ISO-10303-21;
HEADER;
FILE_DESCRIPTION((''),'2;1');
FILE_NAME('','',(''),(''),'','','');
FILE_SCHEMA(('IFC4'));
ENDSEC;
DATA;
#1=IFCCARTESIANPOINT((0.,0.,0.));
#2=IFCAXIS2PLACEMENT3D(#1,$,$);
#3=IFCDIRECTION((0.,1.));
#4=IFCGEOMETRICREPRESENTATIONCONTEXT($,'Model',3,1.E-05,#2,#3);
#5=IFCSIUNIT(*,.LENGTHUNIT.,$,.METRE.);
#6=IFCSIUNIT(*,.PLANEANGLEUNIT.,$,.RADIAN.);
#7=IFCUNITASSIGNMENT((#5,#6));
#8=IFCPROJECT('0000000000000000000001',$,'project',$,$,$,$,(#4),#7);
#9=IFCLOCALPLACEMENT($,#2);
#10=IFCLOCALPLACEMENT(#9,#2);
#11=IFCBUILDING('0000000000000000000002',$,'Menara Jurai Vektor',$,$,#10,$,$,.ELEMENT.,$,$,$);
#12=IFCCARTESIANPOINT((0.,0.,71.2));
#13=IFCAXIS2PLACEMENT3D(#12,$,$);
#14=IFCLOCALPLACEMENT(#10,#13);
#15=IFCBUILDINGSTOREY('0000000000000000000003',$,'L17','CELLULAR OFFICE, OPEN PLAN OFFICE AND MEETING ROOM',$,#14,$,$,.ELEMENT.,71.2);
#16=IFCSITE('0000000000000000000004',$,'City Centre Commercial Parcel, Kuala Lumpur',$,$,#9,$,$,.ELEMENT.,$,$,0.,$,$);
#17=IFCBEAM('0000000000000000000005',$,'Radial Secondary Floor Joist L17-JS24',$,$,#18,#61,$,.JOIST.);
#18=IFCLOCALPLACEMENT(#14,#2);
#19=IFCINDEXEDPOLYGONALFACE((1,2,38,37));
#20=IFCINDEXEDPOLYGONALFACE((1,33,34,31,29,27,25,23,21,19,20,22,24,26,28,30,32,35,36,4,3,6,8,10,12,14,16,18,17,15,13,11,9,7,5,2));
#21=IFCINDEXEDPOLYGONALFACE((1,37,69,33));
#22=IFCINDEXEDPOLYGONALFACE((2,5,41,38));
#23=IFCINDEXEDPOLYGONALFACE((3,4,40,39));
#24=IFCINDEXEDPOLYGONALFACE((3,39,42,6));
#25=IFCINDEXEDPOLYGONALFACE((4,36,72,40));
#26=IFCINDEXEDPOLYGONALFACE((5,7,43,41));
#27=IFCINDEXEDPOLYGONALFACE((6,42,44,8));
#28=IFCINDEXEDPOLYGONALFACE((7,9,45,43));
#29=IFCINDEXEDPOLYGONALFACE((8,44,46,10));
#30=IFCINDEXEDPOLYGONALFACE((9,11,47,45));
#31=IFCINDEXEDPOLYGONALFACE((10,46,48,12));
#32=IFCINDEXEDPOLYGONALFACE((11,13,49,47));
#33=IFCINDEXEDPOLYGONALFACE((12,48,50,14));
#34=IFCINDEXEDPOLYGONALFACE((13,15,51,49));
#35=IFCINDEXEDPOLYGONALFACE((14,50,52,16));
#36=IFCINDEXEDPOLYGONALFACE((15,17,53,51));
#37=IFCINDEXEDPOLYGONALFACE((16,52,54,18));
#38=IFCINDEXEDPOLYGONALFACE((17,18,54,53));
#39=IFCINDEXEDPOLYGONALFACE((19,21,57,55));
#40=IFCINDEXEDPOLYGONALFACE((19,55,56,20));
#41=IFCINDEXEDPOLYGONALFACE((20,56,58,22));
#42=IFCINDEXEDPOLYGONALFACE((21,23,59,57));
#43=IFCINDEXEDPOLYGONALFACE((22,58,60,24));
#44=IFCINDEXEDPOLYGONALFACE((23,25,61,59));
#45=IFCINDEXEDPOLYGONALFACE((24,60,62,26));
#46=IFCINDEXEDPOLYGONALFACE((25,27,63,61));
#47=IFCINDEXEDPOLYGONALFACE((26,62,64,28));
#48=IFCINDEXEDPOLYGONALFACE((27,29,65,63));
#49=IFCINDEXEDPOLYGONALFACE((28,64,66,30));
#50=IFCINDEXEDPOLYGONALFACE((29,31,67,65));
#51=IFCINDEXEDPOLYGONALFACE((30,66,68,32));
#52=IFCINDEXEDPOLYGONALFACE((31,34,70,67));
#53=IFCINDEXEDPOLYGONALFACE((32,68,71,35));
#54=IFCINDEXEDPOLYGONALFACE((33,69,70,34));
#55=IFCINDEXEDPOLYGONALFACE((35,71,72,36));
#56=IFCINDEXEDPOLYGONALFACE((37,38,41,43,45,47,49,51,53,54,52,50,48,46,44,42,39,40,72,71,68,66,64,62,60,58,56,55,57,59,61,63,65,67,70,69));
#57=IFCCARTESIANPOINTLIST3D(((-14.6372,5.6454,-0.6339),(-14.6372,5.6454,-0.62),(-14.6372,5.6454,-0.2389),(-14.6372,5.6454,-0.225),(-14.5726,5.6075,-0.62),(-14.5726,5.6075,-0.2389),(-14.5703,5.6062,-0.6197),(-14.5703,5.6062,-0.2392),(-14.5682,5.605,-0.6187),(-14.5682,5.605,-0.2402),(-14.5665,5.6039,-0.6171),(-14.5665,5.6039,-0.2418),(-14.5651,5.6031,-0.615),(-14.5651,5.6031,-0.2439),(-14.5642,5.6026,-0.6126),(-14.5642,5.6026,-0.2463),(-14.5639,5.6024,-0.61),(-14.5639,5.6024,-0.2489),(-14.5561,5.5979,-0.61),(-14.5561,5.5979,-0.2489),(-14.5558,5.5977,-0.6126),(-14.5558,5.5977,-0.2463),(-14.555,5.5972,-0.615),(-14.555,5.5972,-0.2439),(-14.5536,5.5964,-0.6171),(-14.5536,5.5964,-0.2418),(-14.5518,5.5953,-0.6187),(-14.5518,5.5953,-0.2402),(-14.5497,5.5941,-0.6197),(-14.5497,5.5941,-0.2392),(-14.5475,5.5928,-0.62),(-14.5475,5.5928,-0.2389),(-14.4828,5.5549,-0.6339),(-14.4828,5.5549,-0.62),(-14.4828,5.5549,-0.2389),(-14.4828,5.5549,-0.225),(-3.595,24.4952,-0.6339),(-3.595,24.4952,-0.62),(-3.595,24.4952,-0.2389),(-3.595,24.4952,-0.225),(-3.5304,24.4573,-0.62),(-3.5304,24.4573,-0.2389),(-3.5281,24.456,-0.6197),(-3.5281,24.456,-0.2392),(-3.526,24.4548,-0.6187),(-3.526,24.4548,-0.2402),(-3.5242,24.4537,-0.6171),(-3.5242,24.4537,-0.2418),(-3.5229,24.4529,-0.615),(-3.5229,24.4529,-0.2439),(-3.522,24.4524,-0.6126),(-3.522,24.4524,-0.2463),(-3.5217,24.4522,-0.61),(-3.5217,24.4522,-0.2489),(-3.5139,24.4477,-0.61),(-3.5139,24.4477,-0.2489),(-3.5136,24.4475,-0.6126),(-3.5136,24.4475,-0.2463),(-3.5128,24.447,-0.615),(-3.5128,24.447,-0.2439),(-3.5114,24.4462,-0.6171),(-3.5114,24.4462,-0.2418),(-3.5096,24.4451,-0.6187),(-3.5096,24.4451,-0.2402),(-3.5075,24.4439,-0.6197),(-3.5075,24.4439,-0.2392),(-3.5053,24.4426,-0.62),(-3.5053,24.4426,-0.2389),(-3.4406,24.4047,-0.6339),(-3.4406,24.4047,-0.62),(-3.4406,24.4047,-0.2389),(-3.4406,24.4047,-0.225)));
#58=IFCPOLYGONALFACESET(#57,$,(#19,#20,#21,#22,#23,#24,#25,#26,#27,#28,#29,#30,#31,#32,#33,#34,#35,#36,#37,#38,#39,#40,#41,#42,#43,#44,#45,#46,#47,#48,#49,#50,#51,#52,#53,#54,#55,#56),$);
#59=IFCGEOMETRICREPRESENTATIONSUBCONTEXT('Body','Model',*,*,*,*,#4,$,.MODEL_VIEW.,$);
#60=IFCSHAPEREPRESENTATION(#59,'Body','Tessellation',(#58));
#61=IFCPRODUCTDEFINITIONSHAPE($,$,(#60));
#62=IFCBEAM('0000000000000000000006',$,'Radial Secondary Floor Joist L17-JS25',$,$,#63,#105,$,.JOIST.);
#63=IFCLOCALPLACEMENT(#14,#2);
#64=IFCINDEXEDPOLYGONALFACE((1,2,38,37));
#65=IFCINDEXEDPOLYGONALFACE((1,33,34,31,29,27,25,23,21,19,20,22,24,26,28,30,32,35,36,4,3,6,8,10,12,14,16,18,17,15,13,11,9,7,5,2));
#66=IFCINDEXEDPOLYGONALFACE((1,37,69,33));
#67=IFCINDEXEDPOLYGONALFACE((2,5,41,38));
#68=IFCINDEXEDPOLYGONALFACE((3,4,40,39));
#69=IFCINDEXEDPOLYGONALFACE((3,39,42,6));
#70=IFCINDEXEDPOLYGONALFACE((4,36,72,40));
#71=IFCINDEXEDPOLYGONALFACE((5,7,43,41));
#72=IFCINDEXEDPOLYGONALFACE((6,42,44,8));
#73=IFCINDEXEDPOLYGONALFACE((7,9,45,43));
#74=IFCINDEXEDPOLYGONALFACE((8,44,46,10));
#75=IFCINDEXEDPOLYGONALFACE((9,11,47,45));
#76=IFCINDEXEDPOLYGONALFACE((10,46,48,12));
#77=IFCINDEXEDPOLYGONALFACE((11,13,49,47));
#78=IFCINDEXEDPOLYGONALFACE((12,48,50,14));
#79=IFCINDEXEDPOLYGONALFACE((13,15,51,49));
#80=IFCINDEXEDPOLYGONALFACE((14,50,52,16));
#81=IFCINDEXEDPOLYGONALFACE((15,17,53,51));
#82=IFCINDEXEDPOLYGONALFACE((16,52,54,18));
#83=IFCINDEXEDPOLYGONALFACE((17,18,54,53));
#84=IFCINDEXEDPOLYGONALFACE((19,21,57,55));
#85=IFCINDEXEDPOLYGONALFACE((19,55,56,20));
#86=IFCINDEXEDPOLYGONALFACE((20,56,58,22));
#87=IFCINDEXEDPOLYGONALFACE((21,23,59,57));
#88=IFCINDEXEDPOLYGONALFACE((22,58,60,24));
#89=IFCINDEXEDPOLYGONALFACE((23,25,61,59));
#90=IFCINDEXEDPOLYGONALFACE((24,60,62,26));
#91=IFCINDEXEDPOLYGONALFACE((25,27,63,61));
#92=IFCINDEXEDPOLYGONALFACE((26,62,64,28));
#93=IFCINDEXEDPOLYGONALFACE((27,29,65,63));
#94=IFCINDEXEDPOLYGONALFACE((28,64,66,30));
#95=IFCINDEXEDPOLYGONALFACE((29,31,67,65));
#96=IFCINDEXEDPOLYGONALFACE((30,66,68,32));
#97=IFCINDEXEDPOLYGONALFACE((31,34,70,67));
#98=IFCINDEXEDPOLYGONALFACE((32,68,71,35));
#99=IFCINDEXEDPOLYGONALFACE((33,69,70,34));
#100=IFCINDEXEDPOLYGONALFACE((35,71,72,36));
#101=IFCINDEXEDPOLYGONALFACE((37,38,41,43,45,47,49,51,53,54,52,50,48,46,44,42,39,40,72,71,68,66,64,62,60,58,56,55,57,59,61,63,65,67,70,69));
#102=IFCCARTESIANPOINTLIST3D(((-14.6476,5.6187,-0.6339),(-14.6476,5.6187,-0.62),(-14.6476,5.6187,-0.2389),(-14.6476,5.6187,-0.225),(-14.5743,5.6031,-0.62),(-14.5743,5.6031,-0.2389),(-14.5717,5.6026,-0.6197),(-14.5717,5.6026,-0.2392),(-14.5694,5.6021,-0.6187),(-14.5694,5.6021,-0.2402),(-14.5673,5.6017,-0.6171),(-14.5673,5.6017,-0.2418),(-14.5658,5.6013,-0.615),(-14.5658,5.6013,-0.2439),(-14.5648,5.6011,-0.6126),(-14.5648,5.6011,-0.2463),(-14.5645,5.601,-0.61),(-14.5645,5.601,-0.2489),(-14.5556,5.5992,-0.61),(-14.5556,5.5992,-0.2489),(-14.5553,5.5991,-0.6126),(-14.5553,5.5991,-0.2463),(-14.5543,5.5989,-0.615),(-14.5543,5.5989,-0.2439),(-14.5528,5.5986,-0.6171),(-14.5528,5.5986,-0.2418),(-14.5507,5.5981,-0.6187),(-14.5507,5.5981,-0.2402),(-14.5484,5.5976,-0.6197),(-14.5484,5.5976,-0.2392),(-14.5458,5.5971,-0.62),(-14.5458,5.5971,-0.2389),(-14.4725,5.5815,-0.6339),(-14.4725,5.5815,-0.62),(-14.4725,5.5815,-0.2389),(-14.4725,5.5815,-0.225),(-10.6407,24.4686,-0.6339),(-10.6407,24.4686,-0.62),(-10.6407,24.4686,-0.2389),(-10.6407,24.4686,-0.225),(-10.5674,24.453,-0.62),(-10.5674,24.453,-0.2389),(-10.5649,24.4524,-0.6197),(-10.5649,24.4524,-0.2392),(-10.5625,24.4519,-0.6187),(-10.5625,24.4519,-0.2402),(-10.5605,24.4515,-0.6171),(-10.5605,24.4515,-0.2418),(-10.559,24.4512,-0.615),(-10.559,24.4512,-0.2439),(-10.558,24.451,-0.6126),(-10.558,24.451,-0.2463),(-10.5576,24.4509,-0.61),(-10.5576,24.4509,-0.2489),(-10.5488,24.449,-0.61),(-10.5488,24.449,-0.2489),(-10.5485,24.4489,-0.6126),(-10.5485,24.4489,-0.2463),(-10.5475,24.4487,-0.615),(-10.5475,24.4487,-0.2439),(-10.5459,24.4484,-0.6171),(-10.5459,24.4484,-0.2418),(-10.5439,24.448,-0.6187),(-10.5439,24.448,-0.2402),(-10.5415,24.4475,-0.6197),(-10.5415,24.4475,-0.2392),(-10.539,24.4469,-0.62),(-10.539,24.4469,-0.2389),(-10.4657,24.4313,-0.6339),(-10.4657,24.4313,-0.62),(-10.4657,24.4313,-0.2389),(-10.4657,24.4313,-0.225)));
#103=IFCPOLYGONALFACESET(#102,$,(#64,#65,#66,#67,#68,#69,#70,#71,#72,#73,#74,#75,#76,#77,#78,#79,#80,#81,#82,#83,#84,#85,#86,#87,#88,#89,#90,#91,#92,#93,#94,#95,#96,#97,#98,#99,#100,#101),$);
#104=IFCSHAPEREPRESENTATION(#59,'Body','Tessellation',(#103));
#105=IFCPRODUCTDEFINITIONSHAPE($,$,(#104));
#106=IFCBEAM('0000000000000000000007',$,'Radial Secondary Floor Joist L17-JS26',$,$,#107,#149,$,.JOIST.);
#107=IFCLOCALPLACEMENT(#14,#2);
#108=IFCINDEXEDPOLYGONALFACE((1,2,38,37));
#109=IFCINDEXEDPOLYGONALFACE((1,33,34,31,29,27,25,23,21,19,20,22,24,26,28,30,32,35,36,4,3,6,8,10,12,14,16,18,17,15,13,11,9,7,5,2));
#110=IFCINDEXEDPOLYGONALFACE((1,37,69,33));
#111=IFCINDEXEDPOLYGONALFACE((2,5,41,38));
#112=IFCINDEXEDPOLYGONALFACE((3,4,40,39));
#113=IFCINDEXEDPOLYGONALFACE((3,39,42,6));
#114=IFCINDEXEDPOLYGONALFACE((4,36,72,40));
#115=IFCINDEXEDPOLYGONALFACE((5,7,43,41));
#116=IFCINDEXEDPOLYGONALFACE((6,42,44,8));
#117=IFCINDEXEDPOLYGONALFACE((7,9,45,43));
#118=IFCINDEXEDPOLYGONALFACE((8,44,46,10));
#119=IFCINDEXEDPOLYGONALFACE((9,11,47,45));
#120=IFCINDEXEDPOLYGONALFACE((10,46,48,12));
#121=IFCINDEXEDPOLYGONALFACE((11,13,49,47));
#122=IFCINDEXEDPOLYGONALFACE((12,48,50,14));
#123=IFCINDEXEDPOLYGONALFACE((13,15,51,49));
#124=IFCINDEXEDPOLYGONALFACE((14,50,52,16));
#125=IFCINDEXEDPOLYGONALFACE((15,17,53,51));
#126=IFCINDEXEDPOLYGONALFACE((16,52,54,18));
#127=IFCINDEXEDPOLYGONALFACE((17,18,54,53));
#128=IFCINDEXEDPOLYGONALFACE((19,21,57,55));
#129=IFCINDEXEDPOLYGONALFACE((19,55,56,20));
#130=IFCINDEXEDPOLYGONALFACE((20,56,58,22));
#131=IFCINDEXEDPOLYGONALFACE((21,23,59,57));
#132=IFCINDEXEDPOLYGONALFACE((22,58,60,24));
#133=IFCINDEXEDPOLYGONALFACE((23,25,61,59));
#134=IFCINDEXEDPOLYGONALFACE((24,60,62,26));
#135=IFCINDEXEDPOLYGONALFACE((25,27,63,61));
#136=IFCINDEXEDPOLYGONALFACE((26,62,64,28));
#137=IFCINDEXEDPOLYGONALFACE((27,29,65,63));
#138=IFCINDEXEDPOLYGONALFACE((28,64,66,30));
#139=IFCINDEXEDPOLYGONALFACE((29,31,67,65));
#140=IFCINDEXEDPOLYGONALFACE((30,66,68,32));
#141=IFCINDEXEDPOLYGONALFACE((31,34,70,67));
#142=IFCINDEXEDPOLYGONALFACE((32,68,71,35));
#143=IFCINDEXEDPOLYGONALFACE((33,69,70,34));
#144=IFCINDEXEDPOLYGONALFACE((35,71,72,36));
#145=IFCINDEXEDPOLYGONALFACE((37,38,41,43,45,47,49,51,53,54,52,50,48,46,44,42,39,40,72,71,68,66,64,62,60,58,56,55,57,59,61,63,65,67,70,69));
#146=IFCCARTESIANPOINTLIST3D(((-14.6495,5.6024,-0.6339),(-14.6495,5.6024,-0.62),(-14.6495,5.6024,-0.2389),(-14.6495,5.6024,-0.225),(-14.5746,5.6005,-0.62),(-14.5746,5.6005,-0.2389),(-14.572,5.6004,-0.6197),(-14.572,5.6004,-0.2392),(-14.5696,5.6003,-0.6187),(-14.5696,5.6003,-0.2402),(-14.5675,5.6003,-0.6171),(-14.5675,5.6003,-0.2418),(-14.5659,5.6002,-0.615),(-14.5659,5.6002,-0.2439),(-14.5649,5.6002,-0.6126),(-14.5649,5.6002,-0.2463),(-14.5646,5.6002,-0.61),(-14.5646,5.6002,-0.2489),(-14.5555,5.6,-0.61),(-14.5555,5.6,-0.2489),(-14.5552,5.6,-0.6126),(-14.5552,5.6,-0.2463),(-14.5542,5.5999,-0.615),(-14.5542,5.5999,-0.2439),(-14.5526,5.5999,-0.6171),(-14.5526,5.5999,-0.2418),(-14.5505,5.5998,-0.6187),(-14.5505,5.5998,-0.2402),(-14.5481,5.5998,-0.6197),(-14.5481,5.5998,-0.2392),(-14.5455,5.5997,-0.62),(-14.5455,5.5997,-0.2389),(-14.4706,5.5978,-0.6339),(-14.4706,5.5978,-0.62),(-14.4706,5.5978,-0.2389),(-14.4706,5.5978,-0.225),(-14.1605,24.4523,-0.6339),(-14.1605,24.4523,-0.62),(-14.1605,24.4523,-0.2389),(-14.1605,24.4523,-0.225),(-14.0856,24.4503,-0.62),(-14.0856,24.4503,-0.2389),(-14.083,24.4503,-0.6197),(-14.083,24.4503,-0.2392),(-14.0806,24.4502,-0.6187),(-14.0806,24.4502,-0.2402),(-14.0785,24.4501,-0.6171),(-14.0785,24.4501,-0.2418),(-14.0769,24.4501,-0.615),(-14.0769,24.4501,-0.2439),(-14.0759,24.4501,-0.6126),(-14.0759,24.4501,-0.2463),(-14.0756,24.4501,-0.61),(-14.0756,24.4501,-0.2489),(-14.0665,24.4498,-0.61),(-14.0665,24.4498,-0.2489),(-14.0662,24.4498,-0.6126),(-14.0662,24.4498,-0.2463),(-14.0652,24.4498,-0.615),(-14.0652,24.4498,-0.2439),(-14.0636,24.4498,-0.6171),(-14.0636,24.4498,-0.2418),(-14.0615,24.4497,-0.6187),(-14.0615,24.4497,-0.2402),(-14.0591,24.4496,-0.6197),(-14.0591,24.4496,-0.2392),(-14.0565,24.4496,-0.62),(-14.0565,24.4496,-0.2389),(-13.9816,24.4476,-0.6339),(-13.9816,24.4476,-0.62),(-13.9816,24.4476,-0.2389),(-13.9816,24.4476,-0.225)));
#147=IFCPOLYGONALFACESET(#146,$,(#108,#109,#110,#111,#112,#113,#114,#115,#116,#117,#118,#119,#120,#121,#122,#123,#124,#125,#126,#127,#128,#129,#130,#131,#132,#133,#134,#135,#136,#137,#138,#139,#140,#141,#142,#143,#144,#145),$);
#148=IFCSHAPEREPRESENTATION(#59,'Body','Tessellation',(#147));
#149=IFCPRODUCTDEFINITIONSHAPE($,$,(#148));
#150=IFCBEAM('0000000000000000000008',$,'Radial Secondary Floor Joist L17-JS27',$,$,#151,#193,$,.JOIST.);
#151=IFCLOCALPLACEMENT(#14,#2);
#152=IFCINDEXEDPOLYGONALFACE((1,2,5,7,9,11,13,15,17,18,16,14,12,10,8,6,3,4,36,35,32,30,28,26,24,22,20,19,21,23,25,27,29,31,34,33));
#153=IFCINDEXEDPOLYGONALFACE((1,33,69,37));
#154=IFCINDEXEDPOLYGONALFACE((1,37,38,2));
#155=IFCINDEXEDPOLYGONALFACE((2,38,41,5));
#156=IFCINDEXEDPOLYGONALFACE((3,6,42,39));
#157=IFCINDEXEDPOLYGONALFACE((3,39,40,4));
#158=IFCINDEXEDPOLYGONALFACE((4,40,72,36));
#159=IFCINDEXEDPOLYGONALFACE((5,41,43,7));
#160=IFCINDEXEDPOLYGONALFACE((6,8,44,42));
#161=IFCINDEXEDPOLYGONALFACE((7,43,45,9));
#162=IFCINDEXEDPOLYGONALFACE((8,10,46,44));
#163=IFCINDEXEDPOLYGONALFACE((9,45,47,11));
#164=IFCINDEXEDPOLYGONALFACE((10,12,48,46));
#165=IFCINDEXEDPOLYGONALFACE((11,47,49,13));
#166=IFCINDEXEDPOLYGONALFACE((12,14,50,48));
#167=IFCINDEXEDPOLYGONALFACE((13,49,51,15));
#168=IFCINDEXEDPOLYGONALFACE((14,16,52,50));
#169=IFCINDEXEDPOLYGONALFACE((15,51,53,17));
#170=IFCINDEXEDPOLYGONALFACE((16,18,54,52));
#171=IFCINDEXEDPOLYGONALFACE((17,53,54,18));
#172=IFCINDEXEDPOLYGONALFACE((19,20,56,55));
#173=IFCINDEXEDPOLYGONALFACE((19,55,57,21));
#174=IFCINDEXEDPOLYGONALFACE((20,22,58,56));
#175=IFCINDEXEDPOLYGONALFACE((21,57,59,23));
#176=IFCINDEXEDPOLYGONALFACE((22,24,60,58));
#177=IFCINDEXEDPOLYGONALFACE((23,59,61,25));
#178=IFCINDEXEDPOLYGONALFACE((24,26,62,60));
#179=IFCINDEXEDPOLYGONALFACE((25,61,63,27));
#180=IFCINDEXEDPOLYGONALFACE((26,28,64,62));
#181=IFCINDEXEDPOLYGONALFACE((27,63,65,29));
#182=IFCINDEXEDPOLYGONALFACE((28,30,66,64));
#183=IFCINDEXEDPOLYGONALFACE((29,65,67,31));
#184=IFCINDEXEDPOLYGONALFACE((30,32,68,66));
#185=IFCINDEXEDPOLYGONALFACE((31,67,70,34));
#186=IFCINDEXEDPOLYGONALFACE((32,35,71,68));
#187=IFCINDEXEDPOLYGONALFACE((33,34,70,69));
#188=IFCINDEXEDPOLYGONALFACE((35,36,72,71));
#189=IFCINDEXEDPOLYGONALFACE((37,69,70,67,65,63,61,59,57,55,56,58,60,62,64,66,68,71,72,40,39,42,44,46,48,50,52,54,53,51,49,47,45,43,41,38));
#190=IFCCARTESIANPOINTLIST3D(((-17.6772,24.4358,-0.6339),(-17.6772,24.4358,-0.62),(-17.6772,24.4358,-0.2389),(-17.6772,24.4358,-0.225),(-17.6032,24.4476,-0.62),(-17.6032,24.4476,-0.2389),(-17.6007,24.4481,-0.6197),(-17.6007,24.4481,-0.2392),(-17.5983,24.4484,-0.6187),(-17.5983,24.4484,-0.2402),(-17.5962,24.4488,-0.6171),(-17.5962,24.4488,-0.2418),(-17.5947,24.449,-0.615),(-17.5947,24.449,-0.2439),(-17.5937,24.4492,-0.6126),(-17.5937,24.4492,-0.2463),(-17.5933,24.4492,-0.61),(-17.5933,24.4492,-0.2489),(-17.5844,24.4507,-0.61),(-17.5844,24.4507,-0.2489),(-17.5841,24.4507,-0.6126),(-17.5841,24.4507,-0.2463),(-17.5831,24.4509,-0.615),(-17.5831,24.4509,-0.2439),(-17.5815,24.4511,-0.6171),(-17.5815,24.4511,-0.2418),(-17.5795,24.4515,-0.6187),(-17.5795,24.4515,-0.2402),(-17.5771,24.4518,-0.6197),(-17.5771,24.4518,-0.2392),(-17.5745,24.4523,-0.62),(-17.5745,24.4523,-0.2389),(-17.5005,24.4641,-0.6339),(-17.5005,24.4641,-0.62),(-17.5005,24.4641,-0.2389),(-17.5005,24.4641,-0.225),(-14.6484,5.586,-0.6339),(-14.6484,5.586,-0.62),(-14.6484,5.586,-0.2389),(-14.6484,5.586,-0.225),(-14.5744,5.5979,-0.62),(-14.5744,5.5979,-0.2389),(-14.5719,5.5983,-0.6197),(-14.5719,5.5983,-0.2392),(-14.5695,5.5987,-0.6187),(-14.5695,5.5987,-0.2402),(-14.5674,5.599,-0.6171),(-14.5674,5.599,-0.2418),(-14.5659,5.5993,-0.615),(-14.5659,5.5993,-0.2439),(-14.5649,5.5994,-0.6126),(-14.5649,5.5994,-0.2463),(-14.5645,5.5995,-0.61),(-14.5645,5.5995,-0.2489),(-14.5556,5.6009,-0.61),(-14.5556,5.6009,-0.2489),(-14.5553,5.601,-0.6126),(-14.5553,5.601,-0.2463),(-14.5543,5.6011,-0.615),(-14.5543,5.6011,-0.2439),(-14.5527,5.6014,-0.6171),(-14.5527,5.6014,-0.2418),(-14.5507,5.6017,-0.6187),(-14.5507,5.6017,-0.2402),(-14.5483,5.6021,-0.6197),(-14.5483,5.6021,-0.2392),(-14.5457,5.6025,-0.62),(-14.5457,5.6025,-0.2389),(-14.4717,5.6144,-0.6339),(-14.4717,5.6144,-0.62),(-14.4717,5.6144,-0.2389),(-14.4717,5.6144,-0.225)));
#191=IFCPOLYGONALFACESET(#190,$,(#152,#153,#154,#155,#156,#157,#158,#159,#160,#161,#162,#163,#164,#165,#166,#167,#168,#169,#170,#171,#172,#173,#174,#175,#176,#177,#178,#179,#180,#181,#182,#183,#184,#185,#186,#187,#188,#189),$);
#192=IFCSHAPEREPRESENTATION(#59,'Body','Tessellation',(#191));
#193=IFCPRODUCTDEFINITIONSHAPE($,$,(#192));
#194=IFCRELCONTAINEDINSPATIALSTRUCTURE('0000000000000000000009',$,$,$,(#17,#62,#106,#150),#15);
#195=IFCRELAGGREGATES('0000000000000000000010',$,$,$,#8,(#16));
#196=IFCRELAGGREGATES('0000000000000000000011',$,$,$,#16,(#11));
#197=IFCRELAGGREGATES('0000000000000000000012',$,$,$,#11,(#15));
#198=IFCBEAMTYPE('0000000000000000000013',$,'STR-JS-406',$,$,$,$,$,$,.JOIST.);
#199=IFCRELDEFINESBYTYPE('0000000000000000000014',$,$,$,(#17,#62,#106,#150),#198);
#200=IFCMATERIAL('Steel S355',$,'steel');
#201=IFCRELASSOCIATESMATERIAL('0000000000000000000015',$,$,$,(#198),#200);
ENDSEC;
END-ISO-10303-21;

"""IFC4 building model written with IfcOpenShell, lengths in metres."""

from ifc_helpers import new_model, si_unit, direction, frame, origin, origin_2d, place, context, subcontext, project, spatial, i_section, extrude, material, material_profile, profile_set, type_object, element, save


model = new_model("IFC4")

# Units and contexts
model_context = context("Model", 3, precision=1e-05, world=origin(), true_north=direction((0.0, 1.0)))
body_context = subcontext(model_context, "Body", "Model", "MODEL_VIEW")
ifc_project = project(units=[si_unit("LENGTHUNIT", "METRE"), si_unit("PLANEANGLEUNIT", "RADIAN")], contexts=[model_context])

# Site, building, storey
site_placement = place(None, origin())
site = spatial("IfcSite", under=ifc_project, at=site_placement, Name="City Centre Commercial Parcel, Kuala Lumpur", CompositionType="ELEMENT", RefElevation=0.0)
building_placement = place(site_placement, origin())
building = spatial("IfcBuilding", under=site, at=building_placement, Name="Menara Jurai Vektor", CompositionType="ELEMENT")
storey_placement = place(building_placement, frame((0.0, 0.0, 71.2)))
storey = spatial("IfcBuildingStorey", under=building, at=storey_placement, Name="L17", Description="CELLULAR OFFICE, OPEN PLAN OFFICE AND MEETING ROOM", CompositionType="ELEMENT", Elevation=71.2)

# Beams
ifc_material_1 = material(Name="Steel S355", Category="steel")
ifc_material_profile_1 = material_profile(ifc_material_1, i_section(OverallWidth=0.179, OverallDepth=0.4089, WebThickness=0.009, FlangeThickness=0.0139, FilletRadius=0.01, at=origin_2d()), Name="UKB 406x178x67")
ifc_profile_set_1 = profile_set([ifc_material_profile_1], Name="Steel S355")
beam_type_1 = type_object("IfcBeamType", Name="STR-JS-406", PredefinedType="JOIST", material=ifc_profile_set_1)
beam_1_placement = place(storey_placement, frame((-3.5178, 24.45, -0.4294), z_axis=(-0.505458, -0.862851, 0.0), x_axis=(0.862851, -0.505458, 0.0)))
element("IfcBeam", 1, at=beam_1_placement, inside=storey, type_object=beam_type_1, Name="Radial Secondary Floor Joist L17-JS24", PredefinedType="JOIST", context=body_context, shape_type="SweptSolid", body=[
    extrude(i_section(OverallWidth=0.179, OverallDepth=0.4089, WebThickness=0.009, FlangeThickness=0.0139, FilletRadius=0.01, at=origin_2d()), origin(), (0.0, 0.0, 1.0), 21.8459),
])
beam_2_placement = place(storey_placement, frame((-10.5532, 24.45, -0.4294), z_axis=(-0.20792, -0.978146, 0.0), x_axis=(0.978146, -0.20792, 0.0)))
element("IfcBeam", 2, at=beam_2_placement, inside=storey, type_object=beam_type_1, Name="Radial Secondary Floor Joist L17-JS25", PredefinedType="JOIST", context=body_context, shape_type="SweptSolid", body=[
    extrude(i_section(OverallWidth=0.179, OverallDepth=0.4089, WebThickness=0.009, FlangeThickness=0.0139, FilletRadius=0.01, at=origin_2d()), origin(), (0.0, 0.0, 1.0), 19.271),
])
beam_3_placement = place(storey_placement, frame((-14.071, 24.45, -0.4294), z_axis=(-0.025934, -0.999664, 0.0), x_axis=(0.999664, -0.025934, 0.0)))
element("IfcBeam", 3, at=beam_3_placement, inside=storey, type_object=beam_type_1, Name="Radial Secondary Floor Joist L17-JS26", PredefinedType="JOIST", context=body_context, shape_type="SweptSolid", body=[
    extrude(i_section(OverallWidth=0.179, OverallDepth=0.4089, WebThickness=0.009, FlangeThickness=0.0139, FilletRadius=0.01, at=origin_2d()), origin(), (0.0, 0.0, 1.0), 18.8562),
])
beam_4_placement = place(storey_placement, frame((-17.5889, 24.45, -0.4294), z_axis=(0.158646, -0.987336, 0.0), x_axis=(0.987336, 0.158646, 0.0)))
element("IfcBeam", 4, at=beam_4_placement, inside=storey, type_object=beam_type_1, Name="Radial Secondary Floor Joist L17-JS27", PredefinedType="JOIST", context=body_context, shape_type="SweptSolid", body=[
    extrude(i_section(OverallWidth=0.179, OverallDepth=0.4089, WebThickness=0.009, FlangeThickness=0.0139, FilletRadius=0.01, at=origin_2d()), origin(), (0.0, 0.0, 1.0), 19.0916),
])

save(model, "model.ifc")
